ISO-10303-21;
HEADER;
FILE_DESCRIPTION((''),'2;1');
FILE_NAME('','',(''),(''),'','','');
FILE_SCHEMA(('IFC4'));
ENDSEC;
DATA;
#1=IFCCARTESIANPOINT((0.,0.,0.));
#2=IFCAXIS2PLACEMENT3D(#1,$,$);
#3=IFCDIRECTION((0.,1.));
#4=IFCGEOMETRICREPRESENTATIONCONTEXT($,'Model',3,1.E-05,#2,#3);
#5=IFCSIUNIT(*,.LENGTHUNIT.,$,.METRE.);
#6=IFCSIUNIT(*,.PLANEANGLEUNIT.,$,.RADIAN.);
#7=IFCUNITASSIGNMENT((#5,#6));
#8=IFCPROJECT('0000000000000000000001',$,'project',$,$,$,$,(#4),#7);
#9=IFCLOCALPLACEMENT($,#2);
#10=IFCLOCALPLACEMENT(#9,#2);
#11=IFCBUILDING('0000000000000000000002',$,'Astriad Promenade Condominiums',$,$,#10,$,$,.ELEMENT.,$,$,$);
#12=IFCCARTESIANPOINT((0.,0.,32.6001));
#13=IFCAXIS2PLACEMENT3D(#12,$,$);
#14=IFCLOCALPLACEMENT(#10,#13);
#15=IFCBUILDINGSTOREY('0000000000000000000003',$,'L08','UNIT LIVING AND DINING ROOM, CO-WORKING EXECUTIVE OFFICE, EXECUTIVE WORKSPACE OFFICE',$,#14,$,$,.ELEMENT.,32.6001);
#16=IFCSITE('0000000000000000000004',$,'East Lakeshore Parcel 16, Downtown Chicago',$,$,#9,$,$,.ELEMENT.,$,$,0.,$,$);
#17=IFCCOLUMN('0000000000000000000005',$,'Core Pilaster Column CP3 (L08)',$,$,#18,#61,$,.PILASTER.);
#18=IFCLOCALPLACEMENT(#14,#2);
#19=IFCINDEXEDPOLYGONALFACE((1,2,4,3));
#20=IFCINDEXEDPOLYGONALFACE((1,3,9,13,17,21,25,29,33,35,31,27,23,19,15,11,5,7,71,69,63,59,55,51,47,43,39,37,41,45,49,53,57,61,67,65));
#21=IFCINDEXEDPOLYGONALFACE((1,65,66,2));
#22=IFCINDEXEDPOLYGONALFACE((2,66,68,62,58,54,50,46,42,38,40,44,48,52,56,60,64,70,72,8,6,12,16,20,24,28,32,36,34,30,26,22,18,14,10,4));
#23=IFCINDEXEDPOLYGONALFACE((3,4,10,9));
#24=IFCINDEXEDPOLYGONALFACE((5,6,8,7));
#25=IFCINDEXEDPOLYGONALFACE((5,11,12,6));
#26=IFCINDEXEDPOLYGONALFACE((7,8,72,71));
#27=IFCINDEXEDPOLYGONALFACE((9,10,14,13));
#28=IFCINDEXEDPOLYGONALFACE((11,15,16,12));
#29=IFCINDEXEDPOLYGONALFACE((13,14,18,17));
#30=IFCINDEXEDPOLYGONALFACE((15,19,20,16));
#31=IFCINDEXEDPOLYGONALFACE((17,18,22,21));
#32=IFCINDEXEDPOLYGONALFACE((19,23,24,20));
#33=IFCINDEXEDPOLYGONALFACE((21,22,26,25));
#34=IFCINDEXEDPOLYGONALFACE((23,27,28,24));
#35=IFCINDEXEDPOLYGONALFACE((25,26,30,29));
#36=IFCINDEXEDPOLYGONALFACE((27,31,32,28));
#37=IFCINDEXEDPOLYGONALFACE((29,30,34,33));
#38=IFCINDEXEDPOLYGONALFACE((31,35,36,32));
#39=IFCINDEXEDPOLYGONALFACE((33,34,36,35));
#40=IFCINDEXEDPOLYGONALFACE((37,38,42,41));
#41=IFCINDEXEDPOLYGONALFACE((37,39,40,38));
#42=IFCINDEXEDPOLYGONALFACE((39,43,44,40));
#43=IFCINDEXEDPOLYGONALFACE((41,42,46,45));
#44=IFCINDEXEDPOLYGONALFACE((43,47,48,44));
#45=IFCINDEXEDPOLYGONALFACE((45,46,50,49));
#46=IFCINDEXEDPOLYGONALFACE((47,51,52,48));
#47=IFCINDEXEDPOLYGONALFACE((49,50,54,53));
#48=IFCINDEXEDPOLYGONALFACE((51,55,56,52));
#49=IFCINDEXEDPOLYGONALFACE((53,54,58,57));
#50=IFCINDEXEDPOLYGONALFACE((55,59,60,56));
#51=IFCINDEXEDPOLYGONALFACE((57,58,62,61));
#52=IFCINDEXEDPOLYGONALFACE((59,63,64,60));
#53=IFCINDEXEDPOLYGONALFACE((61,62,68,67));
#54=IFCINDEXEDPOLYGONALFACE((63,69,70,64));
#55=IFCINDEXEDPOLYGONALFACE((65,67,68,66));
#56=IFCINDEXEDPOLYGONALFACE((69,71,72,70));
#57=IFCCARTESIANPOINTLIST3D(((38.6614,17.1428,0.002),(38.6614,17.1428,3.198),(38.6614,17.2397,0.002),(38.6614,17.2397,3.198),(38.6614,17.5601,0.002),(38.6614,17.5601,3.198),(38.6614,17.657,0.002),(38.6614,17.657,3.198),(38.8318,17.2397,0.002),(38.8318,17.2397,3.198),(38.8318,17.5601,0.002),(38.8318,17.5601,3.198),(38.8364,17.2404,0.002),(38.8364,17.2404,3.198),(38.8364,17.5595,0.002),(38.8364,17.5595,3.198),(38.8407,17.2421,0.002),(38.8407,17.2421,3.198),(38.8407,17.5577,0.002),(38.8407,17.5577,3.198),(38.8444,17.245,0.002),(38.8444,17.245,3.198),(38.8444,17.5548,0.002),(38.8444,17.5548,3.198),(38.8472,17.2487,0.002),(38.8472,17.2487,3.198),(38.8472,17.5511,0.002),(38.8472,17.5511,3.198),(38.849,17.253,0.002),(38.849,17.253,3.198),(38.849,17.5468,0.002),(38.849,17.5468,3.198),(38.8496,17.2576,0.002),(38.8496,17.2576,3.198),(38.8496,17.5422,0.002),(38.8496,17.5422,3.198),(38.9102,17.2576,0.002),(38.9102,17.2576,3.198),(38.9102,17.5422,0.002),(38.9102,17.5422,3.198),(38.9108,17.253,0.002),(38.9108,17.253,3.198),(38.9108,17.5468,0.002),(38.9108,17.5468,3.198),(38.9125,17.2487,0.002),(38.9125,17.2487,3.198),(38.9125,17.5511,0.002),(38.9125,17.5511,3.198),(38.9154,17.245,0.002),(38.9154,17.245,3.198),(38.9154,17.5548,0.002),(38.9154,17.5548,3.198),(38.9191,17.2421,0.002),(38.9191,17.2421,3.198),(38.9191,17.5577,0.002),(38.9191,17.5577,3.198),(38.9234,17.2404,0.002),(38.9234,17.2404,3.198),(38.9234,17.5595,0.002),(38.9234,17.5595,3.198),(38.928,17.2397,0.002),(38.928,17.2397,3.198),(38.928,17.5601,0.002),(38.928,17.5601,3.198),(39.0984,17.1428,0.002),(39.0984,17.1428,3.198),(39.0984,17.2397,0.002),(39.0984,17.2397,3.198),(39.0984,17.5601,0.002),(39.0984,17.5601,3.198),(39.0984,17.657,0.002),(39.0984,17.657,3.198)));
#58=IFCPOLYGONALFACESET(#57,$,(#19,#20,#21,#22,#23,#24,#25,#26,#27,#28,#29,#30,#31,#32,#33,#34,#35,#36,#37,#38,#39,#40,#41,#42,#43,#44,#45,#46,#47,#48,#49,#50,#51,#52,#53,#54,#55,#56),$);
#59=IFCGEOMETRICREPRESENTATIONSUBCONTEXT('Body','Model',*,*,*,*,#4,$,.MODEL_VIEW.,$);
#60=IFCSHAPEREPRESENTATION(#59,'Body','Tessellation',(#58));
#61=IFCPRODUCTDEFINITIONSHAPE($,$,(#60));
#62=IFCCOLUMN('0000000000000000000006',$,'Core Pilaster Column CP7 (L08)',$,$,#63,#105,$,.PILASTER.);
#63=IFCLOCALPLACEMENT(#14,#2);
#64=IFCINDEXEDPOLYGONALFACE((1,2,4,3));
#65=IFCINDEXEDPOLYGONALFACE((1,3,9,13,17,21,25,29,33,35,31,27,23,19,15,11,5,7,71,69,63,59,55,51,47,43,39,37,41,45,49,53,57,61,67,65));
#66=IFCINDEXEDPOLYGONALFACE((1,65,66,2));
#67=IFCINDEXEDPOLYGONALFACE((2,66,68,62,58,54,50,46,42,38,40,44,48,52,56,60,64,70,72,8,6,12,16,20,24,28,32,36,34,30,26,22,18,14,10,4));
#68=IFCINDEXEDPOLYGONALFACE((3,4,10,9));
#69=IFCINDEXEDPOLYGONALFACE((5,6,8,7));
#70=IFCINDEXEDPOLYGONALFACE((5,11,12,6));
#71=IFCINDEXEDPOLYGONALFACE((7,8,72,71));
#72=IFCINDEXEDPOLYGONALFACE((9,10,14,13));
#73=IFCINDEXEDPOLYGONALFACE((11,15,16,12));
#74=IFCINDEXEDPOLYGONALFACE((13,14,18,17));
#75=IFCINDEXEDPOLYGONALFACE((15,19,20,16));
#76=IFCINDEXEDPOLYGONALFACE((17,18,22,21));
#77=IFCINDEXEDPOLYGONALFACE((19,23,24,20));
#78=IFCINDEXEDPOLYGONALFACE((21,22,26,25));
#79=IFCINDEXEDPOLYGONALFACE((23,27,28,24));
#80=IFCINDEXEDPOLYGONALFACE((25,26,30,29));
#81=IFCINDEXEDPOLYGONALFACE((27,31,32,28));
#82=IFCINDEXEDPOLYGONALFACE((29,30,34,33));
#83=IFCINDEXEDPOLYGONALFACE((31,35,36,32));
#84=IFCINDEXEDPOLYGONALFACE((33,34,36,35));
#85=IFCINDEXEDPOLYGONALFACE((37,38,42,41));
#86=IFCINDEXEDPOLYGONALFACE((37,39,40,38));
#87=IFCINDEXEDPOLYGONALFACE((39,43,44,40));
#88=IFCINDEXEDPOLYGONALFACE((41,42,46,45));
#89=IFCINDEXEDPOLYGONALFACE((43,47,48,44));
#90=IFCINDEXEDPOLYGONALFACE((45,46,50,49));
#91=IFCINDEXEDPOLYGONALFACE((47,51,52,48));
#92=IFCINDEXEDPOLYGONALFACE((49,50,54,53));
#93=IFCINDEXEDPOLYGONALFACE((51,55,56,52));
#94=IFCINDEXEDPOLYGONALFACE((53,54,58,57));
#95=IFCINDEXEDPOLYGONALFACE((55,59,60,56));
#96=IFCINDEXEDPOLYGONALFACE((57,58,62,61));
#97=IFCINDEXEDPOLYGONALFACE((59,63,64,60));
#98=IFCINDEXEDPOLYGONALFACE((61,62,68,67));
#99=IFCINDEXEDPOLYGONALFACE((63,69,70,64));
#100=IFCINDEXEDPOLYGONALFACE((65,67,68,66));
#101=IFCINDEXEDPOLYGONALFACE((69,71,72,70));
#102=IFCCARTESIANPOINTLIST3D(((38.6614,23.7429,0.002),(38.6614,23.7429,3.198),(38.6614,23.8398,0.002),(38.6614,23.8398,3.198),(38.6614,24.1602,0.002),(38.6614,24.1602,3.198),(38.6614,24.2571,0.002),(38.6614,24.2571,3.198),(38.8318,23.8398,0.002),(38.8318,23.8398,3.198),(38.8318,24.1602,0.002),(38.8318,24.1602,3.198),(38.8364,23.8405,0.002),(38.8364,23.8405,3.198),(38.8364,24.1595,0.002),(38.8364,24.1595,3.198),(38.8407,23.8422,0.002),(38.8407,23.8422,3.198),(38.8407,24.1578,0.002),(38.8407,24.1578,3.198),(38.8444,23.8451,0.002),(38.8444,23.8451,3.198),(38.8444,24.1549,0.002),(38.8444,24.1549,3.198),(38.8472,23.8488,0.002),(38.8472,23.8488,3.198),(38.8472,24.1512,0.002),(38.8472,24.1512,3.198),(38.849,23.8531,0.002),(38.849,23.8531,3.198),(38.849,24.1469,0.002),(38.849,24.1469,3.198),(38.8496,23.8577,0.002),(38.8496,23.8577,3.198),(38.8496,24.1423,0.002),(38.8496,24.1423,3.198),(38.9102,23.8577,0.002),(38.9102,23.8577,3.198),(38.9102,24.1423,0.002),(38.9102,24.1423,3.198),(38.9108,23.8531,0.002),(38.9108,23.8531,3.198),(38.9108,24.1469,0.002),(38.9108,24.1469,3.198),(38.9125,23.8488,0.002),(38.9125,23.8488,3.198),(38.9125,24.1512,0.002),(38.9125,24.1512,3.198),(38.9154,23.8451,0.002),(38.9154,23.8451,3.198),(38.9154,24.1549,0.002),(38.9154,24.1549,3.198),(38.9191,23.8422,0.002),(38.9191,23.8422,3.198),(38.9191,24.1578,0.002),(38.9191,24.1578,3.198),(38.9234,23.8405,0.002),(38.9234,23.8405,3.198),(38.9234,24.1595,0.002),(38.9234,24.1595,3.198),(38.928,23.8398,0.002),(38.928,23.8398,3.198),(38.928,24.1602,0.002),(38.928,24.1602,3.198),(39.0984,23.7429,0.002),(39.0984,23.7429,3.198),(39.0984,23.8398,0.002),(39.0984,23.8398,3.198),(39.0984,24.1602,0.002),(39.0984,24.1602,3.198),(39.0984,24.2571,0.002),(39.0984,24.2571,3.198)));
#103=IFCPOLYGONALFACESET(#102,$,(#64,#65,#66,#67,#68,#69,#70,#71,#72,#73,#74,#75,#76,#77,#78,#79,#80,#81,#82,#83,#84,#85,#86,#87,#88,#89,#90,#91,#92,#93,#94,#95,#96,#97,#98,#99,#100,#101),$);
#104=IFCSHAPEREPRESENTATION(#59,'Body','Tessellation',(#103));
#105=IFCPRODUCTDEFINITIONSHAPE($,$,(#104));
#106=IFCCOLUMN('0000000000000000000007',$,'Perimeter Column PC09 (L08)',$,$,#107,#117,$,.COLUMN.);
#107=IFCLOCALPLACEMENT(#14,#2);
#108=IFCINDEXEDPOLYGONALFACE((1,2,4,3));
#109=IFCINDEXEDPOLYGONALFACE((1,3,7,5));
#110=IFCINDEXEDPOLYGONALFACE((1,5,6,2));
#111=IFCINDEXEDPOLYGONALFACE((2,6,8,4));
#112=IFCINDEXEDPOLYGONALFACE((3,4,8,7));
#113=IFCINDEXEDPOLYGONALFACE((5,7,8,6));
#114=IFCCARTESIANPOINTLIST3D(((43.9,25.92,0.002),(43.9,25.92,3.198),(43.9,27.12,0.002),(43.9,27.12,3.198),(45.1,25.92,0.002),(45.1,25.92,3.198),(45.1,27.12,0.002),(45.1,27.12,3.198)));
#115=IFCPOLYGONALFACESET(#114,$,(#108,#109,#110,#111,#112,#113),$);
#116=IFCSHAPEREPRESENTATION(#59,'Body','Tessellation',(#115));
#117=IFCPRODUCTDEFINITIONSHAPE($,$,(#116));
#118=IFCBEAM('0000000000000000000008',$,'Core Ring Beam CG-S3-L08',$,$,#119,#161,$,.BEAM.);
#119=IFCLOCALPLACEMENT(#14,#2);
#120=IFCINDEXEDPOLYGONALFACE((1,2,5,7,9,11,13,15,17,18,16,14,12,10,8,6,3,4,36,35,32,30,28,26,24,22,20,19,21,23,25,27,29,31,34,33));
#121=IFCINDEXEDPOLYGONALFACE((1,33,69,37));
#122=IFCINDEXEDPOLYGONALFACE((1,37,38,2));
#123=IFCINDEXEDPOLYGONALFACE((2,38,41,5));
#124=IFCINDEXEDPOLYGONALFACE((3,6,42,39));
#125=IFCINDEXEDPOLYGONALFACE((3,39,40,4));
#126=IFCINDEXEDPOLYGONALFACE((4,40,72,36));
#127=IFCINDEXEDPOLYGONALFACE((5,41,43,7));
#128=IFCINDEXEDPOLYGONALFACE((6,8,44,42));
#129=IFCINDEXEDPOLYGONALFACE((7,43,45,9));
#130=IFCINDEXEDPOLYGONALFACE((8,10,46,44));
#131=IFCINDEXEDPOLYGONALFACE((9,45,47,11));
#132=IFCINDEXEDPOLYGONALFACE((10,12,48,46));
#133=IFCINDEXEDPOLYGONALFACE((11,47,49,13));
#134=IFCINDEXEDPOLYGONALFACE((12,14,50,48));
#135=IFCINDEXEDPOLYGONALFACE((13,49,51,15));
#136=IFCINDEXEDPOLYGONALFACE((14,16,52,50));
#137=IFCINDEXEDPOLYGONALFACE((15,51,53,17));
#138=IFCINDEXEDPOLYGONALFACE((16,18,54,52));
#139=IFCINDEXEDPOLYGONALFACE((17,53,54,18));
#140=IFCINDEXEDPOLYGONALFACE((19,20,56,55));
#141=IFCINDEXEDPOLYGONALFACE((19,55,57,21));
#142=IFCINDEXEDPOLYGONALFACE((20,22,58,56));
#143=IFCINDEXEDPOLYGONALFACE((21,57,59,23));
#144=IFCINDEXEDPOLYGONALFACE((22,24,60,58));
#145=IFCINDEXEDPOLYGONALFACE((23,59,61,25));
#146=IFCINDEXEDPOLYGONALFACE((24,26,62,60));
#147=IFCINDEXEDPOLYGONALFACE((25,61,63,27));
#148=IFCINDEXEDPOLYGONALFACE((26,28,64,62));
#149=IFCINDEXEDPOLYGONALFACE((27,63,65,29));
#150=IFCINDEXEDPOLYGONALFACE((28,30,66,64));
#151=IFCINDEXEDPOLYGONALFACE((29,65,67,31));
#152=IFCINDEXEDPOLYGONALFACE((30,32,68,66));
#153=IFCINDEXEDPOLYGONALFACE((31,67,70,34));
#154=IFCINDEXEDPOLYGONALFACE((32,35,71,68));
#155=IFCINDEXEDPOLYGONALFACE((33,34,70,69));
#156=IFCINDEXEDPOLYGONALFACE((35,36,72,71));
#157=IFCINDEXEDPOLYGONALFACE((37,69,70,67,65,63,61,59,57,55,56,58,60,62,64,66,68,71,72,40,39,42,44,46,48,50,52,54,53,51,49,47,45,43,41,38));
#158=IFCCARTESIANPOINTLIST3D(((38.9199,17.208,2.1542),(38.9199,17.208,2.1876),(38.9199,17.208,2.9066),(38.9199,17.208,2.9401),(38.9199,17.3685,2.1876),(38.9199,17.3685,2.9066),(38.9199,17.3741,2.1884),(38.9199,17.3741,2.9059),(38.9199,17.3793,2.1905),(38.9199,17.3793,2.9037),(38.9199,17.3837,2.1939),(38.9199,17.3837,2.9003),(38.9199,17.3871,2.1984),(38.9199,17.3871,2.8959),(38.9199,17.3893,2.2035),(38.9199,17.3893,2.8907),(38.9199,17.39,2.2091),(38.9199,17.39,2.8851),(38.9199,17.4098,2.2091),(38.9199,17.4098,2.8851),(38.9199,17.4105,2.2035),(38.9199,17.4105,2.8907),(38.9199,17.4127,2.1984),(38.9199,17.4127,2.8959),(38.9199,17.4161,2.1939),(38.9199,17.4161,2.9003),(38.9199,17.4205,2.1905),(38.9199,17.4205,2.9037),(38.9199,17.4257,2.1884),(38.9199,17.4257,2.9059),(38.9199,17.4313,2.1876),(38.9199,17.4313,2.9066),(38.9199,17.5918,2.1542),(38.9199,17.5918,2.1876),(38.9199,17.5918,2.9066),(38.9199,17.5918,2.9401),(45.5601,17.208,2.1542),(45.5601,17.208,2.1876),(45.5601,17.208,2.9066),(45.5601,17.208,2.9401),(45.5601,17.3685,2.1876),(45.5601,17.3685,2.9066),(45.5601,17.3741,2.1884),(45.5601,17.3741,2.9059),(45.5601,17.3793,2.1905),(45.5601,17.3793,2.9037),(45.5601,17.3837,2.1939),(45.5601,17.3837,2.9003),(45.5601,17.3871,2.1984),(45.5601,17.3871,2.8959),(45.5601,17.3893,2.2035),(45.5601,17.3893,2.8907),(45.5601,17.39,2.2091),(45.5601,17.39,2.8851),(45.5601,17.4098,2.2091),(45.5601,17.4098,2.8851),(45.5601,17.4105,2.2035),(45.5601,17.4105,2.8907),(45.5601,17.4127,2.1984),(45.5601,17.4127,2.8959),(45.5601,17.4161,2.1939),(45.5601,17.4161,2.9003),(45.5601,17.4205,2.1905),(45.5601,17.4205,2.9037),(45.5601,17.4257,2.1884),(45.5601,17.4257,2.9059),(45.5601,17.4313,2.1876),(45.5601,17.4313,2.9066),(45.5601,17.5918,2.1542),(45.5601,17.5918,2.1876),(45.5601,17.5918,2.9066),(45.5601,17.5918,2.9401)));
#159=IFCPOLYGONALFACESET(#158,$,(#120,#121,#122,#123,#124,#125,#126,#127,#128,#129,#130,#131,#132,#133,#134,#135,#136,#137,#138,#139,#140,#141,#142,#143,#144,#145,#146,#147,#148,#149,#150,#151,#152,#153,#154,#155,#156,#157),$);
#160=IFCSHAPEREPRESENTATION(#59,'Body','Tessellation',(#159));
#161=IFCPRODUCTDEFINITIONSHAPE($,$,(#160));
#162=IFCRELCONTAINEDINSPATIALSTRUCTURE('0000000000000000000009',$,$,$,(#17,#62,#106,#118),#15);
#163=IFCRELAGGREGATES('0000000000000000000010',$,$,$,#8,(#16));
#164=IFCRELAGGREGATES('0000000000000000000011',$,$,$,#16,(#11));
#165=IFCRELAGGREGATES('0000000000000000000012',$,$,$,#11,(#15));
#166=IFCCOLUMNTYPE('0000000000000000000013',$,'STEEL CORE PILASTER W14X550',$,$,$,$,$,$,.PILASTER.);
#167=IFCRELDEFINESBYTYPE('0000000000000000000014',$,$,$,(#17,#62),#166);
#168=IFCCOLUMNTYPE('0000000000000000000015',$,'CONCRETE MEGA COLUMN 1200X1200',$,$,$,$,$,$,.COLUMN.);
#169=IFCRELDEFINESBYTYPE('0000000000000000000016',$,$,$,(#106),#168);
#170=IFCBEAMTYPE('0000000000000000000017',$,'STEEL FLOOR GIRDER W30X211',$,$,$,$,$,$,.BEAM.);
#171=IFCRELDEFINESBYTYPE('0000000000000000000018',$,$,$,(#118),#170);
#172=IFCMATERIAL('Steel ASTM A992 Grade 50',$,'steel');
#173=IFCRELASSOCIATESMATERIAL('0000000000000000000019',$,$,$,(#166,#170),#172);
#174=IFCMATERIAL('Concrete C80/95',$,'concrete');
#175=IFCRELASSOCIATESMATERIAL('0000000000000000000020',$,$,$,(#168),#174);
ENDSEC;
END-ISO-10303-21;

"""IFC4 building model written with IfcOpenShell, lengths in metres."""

from ifc_helpers import new_model, si_unit, direction, frame, origin, origin_2d, place, context, subcontext, project, spatial, rectangle, i_section, extrude, source, transform, mapped, material, material_profile, profile_set, type_object, type_shapes, element, save


model = new_model("IFC4")

# Units and contexts
model_context = context("Model", 3, precision=1e-05, world=origin(), true_north=direction((0.0, 1.0)))
body_context = subcontext(model_context, "Body", "Model", "MODEL_VIEW")
ifc_project = project(units=[si_unit("LENGTHUNIT", "METRE"), si_unit("PLANEANGLEUNIT", "RADIAN")], contexts=[model_context])

# Site, building, storey
site_placement = place(None, origin())
site = spatial("IfcSite", under=ifc_project, at=site_placement, Name="East Lakeshore Parcel 16, Downtown Chicago", CompositionType="ELEMENT", RefElevation=0.0)
building_placement = place(site_placement, origin())
building = spatial("IfcBuilding", under=site, at=building_placement, Name="Astriad Promenade Condominiums", CompositionType="ELEMENT")
storey_placement = place(building_placement, frame((0.0, 0.0, 32.6001)))
storey = spatial("IfcBuildingStorey", under=building, at=storey_placement, Name="L08", Description="UNIT LIVING AND DINING ROOM, CO-WORKING EXECUTIVE OFFICE, EXECUTIVE WORKSPACE OFFICE", CompositionType="ELEMENT", Elevation=32.6001)

# Columns
ifc_material_1 = material(Name="Steel ASTM A992 Grade 50", Category="steel")
ifc_material_profile_1 = material_profile(ifc_material_1, i_section(OverallWidth=0.437, OverallDepth=0.5142, WebThickness=0.0605, FlangeThickness=0.0969, FilletRadius=0.0178, at=origin_2d()), Name="W14X550")
ifc_profile_set_1 = profile_set([ifc_material_profile_1], Name="Steel ASTM A992 Grade 50")
column_type_1 = type_object("IfcColumnType", Name="STEEL CORE PILASTER W14X550", PredefinedType="PILASTER", material=ifc_profile_set_1)
shared_shape_1 = source(origin(), body_context, "Body", "SweptSolid", [
    extrude(i_section(OverallWidth=0.437, OverallDepth=0.5142, WebThickness=0.0605, FlangeThickness=0.0969, FilletRadius=0.0178, at=origin_2d()), origin(), (0.0, 0.0, 1.0), 3.196),
])
type_shapes(column_type_1, [shared_shape_1])
for number, where, z_axis, x_axis, name in (
    (1, (38.8799, 17.3999, 0.002), (0.0, 0.0, 1.0), (1.0, 0.0, 0.0), "Core Pilaster Column CP3 (L08)"),
    (2, (38.8799, 24.0, 0.002), (0.0, 0.0, 1.0), (1.0, 0.0, 0.0), "Core Pilaster Column CP7 (L08)"),
):
    element("IfcColumn", number, at=place(storey_placement, frame(where, z_axis=z_axis, x_axis=x_axis)), inside=storey, type_object=column_type_1, Name=name, PredefinedType="PILASTER", context=body_context, shape_type="MappedRepresentation", body=[
        mapped(shared_shape_1, transform((0.0, 0.0, 0.0), scale=1.0)),
    ])
ifc_material_2 = material(Name="Concrete C80/95", Category="concrete")
ifc_material_profile_2 = material_profile(ifc_material_2, rectangle(XDim=1.2, YDim=1.2, at=origin_2d()), Name="RC-COL-1200X1200")
ifc_profile_set_2 = profile_set([ifc_material_profile_2], Name="Concrete C80/95")
column_type_2 = type_object("IfcColumnType", Name="CONCRETE MEGA COLUMN 1200X1200", PredefinedType="COLUMN", material=ifc_profile_set_2)
shared_shape_2 = source(origin(), body_context, "Body", "SweptSolid", [
    extrude(rectangle(XDim=1.2, YDim=1.2, at=origin_2d()), origin(), (0.0, 0.0, 1.0), 3.196),
])
type_shapes(column_type_2, [shared_shape_2])
column_placement = place(storey_placement, frame((44.5, 26.52, 0.002), z_axis=(0.0, 0.0, 1.0), x_axis=(1.0, 0.0, 0.0)))
element("IfcColumn", 3, at=column_placement, inside=storey, type_object=column_type_2, Name="Perimeter Column PC09 (L08)", PredefinedType="COLUMN", context=body_context, shape_type="MappedRepresentation", body=[
    mapped(shared_shape_2, transform((0.0, 0.0, 0.0), scale=1.0)),
])

# Beam
ifc_material_profile_3 = material_profile(ifc_material_1, i_section(OverallWidth=0.3838, OverallDepth=0.7859, WebThickness=0.0198, FlangeThickness=0.0334, FilletRadius=0.0215, at=origin_2d()), Name="W30X211")
ifc_profile_set_3 = profile_set([ifc_material_profile_3], Name="Steel ASTM A992 Grade 50")
beam_type_1 = type_object("IfcBeamType", Name="STEEL FLOOR GIRDER W30X211", PredefinedType="BEAM", material=ifc_profile_set_3)
shared_shape_3 = source(origin(), body_context, "Body", "SweptSolid", [
    extrude(i_section(OverallWidth=0.3838, OverallDepth=0.7859, WebThickness=0.0198, FlangeThickness=0.0334, FilletRadius=0.0215, at=origin_2d()), origin(), (0.0, 0.0, 1.0), 6.6401),
])
type_shapes(beam_type_1, [shared_shape_3])
beam_1_placement = place(storey_placement, frame((38.9199, 17.3999, 2.5471), z_axis=(1.0, 0.0, 0.0), x_axis=(0.0, 1.0, 0.0)))
element("IfcBeam", 4, at=beam_1_placement, inside=storey, type_object=beam_type_1, Name="Core Ring Beam CG-S3-L08", PredefinedType="BEAM", context=body_context, shape_type="MappedRepresentation", body=[
    mapped(shared_shape_3, transform((0.0, 0.0, 0.0), scale=1.0)),
])

save(model, "model.ifc")
